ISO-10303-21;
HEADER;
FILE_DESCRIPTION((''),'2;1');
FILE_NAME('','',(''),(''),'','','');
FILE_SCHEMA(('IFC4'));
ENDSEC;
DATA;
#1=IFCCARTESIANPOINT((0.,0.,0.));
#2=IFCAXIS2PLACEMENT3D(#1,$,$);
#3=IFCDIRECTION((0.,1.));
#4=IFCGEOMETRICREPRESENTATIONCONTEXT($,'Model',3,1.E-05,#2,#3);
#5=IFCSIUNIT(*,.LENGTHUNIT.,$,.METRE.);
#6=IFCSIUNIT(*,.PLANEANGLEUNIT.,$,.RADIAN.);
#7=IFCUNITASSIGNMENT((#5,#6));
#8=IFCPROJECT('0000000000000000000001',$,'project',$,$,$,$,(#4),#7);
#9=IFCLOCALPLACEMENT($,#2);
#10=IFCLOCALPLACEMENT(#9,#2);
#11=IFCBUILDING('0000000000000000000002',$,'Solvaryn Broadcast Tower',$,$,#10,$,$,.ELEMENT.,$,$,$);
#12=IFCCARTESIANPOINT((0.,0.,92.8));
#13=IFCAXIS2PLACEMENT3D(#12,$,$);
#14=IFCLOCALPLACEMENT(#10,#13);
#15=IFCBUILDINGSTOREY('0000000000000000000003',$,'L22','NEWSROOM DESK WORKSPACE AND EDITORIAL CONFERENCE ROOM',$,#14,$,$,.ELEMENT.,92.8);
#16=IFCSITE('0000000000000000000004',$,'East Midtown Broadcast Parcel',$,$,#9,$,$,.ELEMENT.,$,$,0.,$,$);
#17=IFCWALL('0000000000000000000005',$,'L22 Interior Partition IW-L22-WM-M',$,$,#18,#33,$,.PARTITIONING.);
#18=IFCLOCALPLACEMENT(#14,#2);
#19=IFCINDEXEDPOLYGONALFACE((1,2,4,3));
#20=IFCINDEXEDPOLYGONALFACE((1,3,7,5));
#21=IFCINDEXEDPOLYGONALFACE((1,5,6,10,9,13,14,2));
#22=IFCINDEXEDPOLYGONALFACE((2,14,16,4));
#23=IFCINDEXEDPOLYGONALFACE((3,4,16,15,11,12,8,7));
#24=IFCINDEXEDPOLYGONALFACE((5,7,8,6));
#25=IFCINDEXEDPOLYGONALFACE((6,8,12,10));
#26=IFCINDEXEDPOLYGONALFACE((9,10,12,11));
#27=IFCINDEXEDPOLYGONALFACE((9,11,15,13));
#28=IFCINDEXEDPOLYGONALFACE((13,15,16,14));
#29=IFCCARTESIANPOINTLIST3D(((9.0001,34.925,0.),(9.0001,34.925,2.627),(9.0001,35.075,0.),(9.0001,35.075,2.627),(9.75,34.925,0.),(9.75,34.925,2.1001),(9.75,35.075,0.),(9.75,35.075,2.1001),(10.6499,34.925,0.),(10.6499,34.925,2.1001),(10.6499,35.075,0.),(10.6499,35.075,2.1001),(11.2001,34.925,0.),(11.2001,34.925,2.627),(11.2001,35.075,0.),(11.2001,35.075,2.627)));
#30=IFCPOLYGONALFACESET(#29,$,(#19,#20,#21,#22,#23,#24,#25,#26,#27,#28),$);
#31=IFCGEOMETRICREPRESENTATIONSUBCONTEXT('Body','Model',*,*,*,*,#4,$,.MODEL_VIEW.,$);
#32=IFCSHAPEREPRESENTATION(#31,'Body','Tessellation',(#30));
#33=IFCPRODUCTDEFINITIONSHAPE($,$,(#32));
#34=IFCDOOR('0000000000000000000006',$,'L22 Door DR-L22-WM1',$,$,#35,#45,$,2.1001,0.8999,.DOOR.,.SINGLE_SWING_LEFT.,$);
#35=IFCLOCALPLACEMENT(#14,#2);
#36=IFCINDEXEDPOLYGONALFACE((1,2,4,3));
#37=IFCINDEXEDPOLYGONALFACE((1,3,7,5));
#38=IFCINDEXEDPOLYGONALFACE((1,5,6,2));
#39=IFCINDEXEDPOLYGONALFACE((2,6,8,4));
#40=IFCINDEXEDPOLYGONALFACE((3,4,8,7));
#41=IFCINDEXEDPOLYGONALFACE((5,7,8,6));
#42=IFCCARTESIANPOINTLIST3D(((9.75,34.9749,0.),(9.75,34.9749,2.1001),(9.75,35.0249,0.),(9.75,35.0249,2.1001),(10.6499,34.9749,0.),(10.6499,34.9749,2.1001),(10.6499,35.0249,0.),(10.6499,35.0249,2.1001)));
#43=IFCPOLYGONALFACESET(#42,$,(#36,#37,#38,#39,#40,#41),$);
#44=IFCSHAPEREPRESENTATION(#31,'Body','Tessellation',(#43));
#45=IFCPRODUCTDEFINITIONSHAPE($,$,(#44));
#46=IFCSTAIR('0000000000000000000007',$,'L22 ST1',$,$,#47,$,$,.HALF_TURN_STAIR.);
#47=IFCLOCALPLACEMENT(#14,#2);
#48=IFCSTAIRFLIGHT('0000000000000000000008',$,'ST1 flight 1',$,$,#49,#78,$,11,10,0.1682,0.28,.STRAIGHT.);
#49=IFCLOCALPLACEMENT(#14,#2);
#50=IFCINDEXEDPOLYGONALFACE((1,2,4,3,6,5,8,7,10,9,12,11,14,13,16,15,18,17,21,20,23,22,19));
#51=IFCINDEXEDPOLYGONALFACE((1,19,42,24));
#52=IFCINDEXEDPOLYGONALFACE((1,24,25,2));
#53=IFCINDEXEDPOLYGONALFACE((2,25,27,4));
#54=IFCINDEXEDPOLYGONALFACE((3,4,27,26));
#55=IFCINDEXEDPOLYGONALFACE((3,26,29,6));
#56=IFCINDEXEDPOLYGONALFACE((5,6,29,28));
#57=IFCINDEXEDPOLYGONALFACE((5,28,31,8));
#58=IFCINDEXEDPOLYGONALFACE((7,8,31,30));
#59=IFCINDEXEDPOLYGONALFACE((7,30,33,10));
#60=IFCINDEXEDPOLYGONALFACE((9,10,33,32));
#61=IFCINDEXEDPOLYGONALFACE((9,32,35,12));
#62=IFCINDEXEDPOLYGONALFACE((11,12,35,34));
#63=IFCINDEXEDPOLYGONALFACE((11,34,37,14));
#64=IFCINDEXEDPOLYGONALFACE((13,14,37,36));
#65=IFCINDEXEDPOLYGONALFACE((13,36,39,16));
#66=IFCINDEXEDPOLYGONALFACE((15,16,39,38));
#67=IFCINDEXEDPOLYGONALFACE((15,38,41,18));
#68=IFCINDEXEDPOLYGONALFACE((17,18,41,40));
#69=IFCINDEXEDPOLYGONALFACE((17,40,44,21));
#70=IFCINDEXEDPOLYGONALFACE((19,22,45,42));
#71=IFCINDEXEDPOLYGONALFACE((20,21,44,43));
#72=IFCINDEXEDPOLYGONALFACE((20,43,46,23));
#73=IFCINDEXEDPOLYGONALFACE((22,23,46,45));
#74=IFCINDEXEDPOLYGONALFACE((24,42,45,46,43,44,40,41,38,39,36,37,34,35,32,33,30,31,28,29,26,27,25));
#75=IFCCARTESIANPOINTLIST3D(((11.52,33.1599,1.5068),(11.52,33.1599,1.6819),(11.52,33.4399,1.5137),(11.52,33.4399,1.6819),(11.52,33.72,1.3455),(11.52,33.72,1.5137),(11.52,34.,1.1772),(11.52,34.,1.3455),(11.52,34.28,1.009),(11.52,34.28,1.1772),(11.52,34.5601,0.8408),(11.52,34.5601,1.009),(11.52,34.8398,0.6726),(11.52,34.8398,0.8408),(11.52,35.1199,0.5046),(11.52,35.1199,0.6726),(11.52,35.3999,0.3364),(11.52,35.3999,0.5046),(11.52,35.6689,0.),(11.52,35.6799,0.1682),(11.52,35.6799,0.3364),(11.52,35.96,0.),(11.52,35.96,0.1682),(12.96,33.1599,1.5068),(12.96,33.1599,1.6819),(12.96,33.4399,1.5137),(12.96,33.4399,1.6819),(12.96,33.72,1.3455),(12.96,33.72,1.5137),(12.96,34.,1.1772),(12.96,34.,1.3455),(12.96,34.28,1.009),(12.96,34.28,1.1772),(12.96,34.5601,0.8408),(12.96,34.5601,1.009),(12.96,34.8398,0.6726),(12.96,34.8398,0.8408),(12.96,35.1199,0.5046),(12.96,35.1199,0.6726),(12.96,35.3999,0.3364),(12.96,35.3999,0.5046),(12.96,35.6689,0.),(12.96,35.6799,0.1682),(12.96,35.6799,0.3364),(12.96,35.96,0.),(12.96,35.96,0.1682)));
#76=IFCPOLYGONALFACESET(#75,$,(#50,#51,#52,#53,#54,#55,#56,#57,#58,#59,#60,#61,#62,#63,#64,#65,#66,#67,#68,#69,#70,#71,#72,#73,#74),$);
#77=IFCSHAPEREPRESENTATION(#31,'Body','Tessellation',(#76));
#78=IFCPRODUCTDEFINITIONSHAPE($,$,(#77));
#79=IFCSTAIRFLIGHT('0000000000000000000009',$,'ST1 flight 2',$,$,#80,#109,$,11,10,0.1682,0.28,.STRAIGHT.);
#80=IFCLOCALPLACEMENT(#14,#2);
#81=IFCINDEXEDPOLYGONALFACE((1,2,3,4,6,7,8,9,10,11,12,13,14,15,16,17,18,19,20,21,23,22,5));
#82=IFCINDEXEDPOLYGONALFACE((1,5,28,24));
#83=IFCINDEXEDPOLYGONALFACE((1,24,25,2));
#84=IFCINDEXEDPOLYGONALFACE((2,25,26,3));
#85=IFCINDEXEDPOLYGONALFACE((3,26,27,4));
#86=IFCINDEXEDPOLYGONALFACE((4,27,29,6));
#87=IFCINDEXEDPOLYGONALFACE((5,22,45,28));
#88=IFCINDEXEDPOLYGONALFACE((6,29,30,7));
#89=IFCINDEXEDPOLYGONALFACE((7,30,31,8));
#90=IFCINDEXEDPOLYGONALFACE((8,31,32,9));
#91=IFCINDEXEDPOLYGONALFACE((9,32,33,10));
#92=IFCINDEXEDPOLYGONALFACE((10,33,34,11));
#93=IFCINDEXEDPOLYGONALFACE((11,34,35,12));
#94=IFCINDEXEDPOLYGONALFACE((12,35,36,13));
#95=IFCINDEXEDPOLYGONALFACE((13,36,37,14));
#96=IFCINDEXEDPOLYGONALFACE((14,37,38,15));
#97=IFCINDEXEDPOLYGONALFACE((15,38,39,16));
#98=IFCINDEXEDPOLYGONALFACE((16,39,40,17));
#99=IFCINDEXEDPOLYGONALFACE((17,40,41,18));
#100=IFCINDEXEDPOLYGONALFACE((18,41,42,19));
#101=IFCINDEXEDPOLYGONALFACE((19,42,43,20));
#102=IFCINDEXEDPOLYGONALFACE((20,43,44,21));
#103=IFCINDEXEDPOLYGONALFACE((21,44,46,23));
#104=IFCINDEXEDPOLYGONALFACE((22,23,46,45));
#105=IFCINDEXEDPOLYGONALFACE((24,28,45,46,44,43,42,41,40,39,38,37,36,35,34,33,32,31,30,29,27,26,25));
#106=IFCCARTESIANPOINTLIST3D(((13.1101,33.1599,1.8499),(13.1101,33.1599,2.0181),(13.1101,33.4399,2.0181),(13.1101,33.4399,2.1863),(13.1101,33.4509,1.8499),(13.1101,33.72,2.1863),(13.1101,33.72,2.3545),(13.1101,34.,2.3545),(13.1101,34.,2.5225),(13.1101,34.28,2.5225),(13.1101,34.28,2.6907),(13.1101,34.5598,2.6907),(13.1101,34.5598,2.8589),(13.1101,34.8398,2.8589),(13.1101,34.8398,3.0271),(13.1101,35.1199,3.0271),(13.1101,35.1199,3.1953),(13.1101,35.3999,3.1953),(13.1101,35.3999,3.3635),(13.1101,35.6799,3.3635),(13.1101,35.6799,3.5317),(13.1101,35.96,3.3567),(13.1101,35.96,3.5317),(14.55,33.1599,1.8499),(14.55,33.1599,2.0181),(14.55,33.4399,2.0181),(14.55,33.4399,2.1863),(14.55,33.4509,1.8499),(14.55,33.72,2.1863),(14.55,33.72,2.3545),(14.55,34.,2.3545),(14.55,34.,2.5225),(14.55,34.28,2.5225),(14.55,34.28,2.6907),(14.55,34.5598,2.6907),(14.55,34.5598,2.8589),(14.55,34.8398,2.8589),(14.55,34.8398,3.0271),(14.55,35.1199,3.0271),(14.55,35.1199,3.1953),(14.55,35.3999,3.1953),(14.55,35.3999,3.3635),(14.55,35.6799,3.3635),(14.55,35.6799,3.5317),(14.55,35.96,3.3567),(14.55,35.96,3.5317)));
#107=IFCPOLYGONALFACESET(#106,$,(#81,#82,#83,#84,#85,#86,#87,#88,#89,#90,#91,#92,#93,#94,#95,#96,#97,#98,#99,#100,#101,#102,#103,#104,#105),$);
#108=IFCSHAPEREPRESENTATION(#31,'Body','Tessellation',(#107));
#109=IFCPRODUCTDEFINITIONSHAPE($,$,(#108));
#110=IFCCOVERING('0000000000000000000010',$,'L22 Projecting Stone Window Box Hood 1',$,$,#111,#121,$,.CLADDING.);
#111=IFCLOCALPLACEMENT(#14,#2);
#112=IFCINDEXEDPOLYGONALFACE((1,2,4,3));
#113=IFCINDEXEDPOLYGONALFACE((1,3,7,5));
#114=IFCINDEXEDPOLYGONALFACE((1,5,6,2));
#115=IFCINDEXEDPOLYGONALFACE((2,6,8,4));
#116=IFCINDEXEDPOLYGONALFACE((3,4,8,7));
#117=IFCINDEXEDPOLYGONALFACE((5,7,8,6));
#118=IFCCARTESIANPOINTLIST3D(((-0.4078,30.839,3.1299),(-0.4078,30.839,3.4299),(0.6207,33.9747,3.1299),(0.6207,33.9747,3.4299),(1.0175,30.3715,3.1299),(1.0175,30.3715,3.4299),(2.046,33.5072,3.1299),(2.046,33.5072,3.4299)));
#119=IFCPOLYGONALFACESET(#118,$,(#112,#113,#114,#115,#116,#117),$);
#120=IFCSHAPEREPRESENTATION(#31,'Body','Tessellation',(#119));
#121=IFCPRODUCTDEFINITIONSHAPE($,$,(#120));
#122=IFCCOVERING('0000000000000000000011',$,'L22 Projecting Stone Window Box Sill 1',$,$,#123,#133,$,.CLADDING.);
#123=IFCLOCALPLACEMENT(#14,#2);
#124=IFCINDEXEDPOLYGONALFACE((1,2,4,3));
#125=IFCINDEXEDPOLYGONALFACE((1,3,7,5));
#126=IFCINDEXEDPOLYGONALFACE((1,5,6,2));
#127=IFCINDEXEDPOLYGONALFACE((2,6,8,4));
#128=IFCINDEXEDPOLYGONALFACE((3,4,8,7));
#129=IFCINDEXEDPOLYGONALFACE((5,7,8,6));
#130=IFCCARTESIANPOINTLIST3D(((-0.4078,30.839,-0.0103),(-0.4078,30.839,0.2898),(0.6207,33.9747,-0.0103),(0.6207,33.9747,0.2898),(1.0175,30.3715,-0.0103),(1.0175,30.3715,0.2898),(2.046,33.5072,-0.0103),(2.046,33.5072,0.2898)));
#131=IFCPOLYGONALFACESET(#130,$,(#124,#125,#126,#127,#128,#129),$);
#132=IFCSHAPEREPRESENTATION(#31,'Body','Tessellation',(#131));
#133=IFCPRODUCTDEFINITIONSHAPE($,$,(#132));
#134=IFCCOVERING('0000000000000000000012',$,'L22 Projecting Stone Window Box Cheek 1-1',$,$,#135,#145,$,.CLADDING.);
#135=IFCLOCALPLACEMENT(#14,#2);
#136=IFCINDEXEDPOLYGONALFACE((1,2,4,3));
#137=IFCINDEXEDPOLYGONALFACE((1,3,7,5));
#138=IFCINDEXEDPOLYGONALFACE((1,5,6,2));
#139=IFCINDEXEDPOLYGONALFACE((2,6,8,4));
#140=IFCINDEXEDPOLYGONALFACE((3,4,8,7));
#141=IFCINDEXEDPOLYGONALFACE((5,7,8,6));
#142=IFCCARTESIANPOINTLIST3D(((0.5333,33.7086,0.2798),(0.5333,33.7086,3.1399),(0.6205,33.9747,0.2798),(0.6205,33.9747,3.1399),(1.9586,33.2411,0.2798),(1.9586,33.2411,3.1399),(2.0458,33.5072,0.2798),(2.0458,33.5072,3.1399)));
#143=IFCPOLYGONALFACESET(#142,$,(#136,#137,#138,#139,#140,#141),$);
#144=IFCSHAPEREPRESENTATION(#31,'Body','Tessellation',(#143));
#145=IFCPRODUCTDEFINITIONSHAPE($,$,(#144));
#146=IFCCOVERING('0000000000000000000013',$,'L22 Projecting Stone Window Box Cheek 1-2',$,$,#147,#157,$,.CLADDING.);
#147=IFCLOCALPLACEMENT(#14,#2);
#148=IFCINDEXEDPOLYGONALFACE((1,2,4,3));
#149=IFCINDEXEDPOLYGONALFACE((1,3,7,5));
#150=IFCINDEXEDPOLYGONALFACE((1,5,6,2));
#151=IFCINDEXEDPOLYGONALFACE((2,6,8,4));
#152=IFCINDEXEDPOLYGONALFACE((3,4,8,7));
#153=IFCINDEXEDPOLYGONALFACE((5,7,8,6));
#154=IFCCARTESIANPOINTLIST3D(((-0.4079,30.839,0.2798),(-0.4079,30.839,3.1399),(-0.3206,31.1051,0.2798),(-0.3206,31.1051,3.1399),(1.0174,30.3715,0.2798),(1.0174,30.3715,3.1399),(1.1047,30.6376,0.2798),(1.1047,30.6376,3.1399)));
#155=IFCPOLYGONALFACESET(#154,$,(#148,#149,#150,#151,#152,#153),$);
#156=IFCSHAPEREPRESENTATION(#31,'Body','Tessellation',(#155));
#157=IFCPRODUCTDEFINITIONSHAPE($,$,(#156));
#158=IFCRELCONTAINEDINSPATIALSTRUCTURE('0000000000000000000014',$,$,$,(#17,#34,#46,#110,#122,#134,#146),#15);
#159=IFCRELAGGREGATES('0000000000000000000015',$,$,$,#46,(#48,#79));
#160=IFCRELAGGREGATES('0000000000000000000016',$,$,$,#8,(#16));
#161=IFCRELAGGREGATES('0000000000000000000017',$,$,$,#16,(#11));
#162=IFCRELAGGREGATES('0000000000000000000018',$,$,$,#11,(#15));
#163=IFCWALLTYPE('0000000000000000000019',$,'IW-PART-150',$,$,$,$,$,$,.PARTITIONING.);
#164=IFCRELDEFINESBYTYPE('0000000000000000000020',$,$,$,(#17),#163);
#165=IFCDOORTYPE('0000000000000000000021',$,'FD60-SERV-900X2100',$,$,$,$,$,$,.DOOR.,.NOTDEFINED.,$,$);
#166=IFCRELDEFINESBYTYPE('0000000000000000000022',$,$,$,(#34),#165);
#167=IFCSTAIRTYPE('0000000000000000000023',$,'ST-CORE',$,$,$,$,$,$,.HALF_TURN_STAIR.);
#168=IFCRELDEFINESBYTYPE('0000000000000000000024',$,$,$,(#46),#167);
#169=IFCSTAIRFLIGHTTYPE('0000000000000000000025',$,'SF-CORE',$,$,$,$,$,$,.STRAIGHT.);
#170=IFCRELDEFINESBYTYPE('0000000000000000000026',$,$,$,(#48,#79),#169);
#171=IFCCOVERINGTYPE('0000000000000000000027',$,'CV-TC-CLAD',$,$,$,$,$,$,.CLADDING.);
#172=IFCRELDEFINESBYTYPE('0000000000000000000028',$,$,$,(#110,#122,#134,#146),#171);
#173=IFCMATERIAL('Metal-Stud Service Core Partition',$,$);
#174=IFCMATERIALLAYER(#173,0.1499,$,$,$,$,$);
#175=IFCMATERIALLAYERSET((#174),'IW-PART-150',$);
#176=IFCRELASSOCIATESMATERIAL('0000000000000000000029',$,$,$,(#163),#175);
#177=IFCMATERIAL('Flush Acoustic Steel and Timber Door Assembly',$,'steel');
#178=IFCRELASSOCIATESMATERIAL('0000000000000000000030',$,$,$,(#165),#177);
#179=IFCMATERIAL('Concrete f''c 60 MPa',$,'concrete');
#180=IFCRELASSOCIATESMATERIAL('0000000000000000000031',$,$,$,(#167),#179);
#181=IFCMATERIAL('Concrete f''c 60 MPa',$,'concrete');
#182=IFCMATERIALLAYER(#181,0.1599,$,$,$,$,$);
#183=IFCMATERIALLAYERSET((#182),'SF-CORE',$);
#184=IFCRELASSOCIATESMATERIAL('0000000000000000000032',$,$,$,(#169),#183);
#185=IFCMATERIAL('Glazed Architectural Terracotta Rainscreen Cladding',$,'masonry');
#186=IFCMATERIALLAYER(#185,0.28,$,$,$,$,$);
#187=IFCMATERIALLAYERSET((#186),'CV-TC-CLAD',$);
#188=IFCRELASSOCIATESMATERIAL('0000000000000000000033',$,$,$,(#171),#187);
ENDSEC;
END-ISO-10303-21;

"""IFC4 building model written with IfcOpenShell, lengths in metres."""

from ifc_helpers import new_model, si_unit, direction, frame, frame_2d, origin, origin_2d, place, context, subcontext, project, spatial, polyline, rectangle, outline, extrude, material, layer, layer_set, type_object, element, fill, aggregate, save


model = new_model("IFC4")

# Units and contexts
model_context = context("Model", 3, precision=1e-05, world=origin(), true_north=direction((0.0, 1.0)))
body_context = subcontext(model_context, "Body", "Model", "MODEL_VIEW")
ifc_project = project(units=[si_unit("LENGTHUNIT", "METRE"), si_unit("PLANEANGLEUNIT", "RADIAN")], contexts=[model_context])

# Site, building, storey
site_placement = place(None, origin())
site = spatial("IfcSite", under=ifc_project, at=site_placement, Name="East Midtown Broadcast Parcel", CompositionType="ELEMENT", RefElevation=0.0)
building_placement = place(site_placement, origin())
building = spatial("IfcBuilding", under=site, at=building_placement, Name="Solvaryn Broadcast Tower", CompositionType="ELEMENT")
storey_placement = place(building_placement, frame((0.0, 0.0, 92.8)))
storey = spatial("IfcBuildingStorey", under=building, at=storey_placement, Name="L22", Description="NEWSROOM DESK WORKSPACE AND EDITORIAL CONFERENCE ROOM", CompositionType="ELEMENT", Elevation=92.8)

# Wall, opening, door
ifc_material_1 = material(Name="Metal-Stud Service Core Partition")
ifc_layer_1 = layer(ifc_material_1, 0.1499)
ifc_layer_set_1 = layer_set([ifc_layer_1], Name="IW-PART-150")
wall_type = type_object("IfcWallType", Name="IW-PART-150", PredefinedType="PARTITIONING", material=ifc_layer_set_1)
wall_placement = place(storey_placement, frame((9.0, 35.0, 0.0), z_axis=(0.0, 0.0, 1.0), x_axis=(1.0, 0.0, 0.0)))
wall = element("IfcWall", 1, at=wall_placement, inside=storey, type_object=wall_type, Name="L22 Interior Partition IW-L22-WM-M", PredefinedType="PARTITIONING", context=body_context, shape_type="SweptSolid", body=[
    extrude(rectangle(XDim=2.2, YDim=0.1499, at=frame_2d((1.1001, 0.0))), origin(), (0.0, 0.0, 1.0), 2.627),
])
opening_placement = place(wall_placement, frame((0.75, 0.0, 0.0)))
opening = element("IfcOpeningElement", 2, at=opening_placement, cuts=wall, PredefinedType="OPENING", context=body_context, shape_type="SweptSolid", body=[
    extrude(rectangle(XDim=0.8999, YDim=2.1001, at=frame_2d((0.45, 1.05))), frame((0.0, 0.085, 0.0), z_axis=(0.0, -1.0, 0.0), x_axis=(1.0, 0.0, 0.0)), (0.0, 0.0, 1.0), 0.1699),
])
ifc_material_2 = material(Name="Flush Acoustic Steel and Timber Door Assembly", Category="steel")
door_type = type_object("IfcDoorType", Name="FD60-SERV-900X2100", OperationType="NOTDEFINED", PredefinedType="DOOR", material=ifc_material_2)
door_placement = place(opening_placement, origin())
door = element("IfcDoor", 3, at=door_placement, inside=storey, type_object=door_type, Name="L22 Door DR-L22-WM1", OperationType="SINGLE_SWING_LEFT", OverallHeight=2.1001, OverallWidth=0.8999, PredefinedType="DOOR", context=body_context, shape_type="SweptSolid", body=[
    extrude(rectangle(XDim=0.8999, YDim=2.1001, at=frame_2d((0.45, 1.05))), frame((0.0, 0.0249, 0.0), z_axis=(0.0, -1.0, 0.0), x_axis=(1.0, 0.0, 0.0)), (0.0, 0.0, 1.0), 0.05),
])
fill(opening, door)

# Stair, stair flights
ifc_material_3 = material(Name="Concrete f'c 60 MPa", Category="concrete")
stair_type = type_object("IfcStairType", Name="ST-CORE", PredefinedType="HALF_TURN_STAIR", material=ifc_material_3)
stair_placement = place(storey_placement, origin())
stair = element("IfcStair", 4, at=stair_placement, inside=storey, type_object=stair_type, Name="L22 ST1", PredefinedType="HALF_TURN_STAIR")
ifc_material_4 = material(Name="Concrete f'c 60 MPa", Category="concrete")
ifc_layer_2 = layer(ifc_material_4, 0.1599)
ifc_layer_set_2 = layer_set([ifc_layer_2], Name="SF-CORE")
stair_flight_type = type_object("IfcStairFlightType", Name="SF-CORE", PredefinedType="STRAIGHT", material=ifc_layer_set_2)
stair_flight_1_placement = place(storey_placement, frame((12.24, 35.96, 0.0), z_axis=(0.0, 0.0, 1.0), x_axis=(0.0, -1.0, 0.0)))
stair_flight_1 = element("IfcStairFlight", 5, at=stair_flight_1_placement, type_object=stair_flight_type, Name="ST1 flight 1", NumberOfRisers=11, NumberOfTreads=10, PredefinedType="STRAIGHT", RiserHeight=0.1682, TreadLength=0.28, context=body_context, shape_type="SweptSolid", body=[
    extrude(outline(polyline([(0.0, 0.0), (0.0, 0.1682), (0.28, 0.1682), (0.28, 0.3364), (0.5601, 0.3364), (0.5601, 0.5046), (0.8401, 0.5046), (0.8401, 0.6726), (1.1201, 0.6726), (1.1201, 0.8408), (1.3999, 0.8408), (1.3999, 1.009), (1.6799, 1.009), (1.6799, 1.1772), (1.96, 1.1772), (1.96, 1.3455), (2.24, 1.3455), (2.24, 1.5137), (2.52, 1.5137), (2.52, 1.6819), (2.8, 1.6819), (2.8, 1.8501), (2.8, 1.5068), (0.291, 0.0), (0.0, 0.0)])), frame((0.0, 0.72, 0.0), z_axis=(0.0, -1.0, 0.0), x_axis=(1.0, 0.0, 0.0)), (0.0, 0.0, 1.0), 1.4399),
])
stair_flight_2_placement = place(storey_placement, frame((13.8301, 33.1599, 1.8499), z_axis=(0.0, 0.0, 1.0), x_axis=(0.0, 1.0, 0.0)))
stair_flight_2 = element("IfcStairFlight", 6, at=stair_flight_2_placement, type_object=stair_flight_type, Name="ST1 flight 2", NumberOfRisers=11, NumberOfTreads=10, PredefinedType="STRAIGHT", RiserHeight=0.1682, TreadLength=0.28, context=body_context, shape_type="SweptSolid", body=[
    extrude(outline(polyline([(0.0, 0.0), (0.0, 0.1682), (0.28, 0.1682), (0.28, 0.3364), (0.5601, 0.3364), (0.5601, 0.5046), (0.8401, 0.5046), (0.8401, 0.6726), (1.1201, 0.6726), (1.1201, 0.8408), (1.3999, 0.8408), (1.3999, 1.009), (1.6799, 1.009), (1.6799, 1.1772), (1.96, 1.1772), (1.96, 1.3455), (2.24, 1.3455), (2.24, 1.5137), (2.52, 1.5137), (2.52, 1.6819), (2.8, 1.6819), (2.8, 1.8501), (2.8, 1.5068), (0.291, 0.0), (0.0, 0.0)])), frame((0.0, 0.72, 0.0), z_axis=(0.0, -1.0, 0.0), x_axis=(1.0, 0.0, 0.0)), (0.0, 0.0, 1.0), 1.4399),
])
aggregate(stair, [stair_flight_1, stair_flight_2])

# Coverings
ifc_material_5 = material(Name="Glazed Architectural Terracotta Rainscreen Cladding", Category="masonry")
ifc_layer_3 = layer(ifc_material_5, 0.28)
ifc_layer_set_3 = layer_set([ifc_layer_3], Name="CV-TC-CLAD")
covering_type = type_object("IfcCoveringType", Name="CV-TC-CLAD", PredefinedType="CLADDING", material=ifc_layer_set_3)
for number, where, z_axis, x_axis, name in (
    (7, (0.8191, 32.1731, 3.1299), (0.0, 0.0, 1.0), (-0.311672, -0.95019, 0.0), "L22 Projecting Stone Window Box Hood 1"),
    (8, (0.8191, 32.1731, -0.0103), (0.0, 0.0, 1.0), (-0.311672, -0.95019, 0.0), "L22 Projecting Stone Window Box Sill 1"),
):
    element("IfcCovering", number, at=place(storey_placement, frame(where, z_axis=z_axis, x_axis=x_axis)), inside=storey, type_object=covering_type, Name=name, PredefinedType="CLADDING", context=body_context, shape_type="SweptSolid", body=[
        extrude(rectangle(XDim=3.3, YDim=1.5, at=origin_2d()), origin(), (0.0, 0.0, 1.0), 0.3),
    ])
for number, where, z_axis, x_axis, name in (
    (9, (1.2896, 33.6079, 0.2798), (0.0, 0.0, 1.0), (-0.311672, -0.95019, 0.0), "L22 Projecting Stone Window Box Cheek 1-1"),
    (10, (0.3484, 30.7383, 0.2798), (0.0, 0.0, 1.0), (-0.311672, -0.95019, 0.0), "L22 Projecting Stone Window Box Cheek 1-2"),
):
    element("IfcCovering", number, at=place(storey_placement, frame(where, z_axis=z_axis, x_axis=x_axis)), inside=storey, type_object=covering_type, Name=name, PredefinedType="CLADDING", context=body_context, shape_type="SweptSolid", body=[
        extrude(rectangle(XDim=0.28, YDim=1.5, at=origin_2d()), origin(), (0.0, 0.0, 1.0), 2.8601),
    ])

save(model, "model.ifc")
